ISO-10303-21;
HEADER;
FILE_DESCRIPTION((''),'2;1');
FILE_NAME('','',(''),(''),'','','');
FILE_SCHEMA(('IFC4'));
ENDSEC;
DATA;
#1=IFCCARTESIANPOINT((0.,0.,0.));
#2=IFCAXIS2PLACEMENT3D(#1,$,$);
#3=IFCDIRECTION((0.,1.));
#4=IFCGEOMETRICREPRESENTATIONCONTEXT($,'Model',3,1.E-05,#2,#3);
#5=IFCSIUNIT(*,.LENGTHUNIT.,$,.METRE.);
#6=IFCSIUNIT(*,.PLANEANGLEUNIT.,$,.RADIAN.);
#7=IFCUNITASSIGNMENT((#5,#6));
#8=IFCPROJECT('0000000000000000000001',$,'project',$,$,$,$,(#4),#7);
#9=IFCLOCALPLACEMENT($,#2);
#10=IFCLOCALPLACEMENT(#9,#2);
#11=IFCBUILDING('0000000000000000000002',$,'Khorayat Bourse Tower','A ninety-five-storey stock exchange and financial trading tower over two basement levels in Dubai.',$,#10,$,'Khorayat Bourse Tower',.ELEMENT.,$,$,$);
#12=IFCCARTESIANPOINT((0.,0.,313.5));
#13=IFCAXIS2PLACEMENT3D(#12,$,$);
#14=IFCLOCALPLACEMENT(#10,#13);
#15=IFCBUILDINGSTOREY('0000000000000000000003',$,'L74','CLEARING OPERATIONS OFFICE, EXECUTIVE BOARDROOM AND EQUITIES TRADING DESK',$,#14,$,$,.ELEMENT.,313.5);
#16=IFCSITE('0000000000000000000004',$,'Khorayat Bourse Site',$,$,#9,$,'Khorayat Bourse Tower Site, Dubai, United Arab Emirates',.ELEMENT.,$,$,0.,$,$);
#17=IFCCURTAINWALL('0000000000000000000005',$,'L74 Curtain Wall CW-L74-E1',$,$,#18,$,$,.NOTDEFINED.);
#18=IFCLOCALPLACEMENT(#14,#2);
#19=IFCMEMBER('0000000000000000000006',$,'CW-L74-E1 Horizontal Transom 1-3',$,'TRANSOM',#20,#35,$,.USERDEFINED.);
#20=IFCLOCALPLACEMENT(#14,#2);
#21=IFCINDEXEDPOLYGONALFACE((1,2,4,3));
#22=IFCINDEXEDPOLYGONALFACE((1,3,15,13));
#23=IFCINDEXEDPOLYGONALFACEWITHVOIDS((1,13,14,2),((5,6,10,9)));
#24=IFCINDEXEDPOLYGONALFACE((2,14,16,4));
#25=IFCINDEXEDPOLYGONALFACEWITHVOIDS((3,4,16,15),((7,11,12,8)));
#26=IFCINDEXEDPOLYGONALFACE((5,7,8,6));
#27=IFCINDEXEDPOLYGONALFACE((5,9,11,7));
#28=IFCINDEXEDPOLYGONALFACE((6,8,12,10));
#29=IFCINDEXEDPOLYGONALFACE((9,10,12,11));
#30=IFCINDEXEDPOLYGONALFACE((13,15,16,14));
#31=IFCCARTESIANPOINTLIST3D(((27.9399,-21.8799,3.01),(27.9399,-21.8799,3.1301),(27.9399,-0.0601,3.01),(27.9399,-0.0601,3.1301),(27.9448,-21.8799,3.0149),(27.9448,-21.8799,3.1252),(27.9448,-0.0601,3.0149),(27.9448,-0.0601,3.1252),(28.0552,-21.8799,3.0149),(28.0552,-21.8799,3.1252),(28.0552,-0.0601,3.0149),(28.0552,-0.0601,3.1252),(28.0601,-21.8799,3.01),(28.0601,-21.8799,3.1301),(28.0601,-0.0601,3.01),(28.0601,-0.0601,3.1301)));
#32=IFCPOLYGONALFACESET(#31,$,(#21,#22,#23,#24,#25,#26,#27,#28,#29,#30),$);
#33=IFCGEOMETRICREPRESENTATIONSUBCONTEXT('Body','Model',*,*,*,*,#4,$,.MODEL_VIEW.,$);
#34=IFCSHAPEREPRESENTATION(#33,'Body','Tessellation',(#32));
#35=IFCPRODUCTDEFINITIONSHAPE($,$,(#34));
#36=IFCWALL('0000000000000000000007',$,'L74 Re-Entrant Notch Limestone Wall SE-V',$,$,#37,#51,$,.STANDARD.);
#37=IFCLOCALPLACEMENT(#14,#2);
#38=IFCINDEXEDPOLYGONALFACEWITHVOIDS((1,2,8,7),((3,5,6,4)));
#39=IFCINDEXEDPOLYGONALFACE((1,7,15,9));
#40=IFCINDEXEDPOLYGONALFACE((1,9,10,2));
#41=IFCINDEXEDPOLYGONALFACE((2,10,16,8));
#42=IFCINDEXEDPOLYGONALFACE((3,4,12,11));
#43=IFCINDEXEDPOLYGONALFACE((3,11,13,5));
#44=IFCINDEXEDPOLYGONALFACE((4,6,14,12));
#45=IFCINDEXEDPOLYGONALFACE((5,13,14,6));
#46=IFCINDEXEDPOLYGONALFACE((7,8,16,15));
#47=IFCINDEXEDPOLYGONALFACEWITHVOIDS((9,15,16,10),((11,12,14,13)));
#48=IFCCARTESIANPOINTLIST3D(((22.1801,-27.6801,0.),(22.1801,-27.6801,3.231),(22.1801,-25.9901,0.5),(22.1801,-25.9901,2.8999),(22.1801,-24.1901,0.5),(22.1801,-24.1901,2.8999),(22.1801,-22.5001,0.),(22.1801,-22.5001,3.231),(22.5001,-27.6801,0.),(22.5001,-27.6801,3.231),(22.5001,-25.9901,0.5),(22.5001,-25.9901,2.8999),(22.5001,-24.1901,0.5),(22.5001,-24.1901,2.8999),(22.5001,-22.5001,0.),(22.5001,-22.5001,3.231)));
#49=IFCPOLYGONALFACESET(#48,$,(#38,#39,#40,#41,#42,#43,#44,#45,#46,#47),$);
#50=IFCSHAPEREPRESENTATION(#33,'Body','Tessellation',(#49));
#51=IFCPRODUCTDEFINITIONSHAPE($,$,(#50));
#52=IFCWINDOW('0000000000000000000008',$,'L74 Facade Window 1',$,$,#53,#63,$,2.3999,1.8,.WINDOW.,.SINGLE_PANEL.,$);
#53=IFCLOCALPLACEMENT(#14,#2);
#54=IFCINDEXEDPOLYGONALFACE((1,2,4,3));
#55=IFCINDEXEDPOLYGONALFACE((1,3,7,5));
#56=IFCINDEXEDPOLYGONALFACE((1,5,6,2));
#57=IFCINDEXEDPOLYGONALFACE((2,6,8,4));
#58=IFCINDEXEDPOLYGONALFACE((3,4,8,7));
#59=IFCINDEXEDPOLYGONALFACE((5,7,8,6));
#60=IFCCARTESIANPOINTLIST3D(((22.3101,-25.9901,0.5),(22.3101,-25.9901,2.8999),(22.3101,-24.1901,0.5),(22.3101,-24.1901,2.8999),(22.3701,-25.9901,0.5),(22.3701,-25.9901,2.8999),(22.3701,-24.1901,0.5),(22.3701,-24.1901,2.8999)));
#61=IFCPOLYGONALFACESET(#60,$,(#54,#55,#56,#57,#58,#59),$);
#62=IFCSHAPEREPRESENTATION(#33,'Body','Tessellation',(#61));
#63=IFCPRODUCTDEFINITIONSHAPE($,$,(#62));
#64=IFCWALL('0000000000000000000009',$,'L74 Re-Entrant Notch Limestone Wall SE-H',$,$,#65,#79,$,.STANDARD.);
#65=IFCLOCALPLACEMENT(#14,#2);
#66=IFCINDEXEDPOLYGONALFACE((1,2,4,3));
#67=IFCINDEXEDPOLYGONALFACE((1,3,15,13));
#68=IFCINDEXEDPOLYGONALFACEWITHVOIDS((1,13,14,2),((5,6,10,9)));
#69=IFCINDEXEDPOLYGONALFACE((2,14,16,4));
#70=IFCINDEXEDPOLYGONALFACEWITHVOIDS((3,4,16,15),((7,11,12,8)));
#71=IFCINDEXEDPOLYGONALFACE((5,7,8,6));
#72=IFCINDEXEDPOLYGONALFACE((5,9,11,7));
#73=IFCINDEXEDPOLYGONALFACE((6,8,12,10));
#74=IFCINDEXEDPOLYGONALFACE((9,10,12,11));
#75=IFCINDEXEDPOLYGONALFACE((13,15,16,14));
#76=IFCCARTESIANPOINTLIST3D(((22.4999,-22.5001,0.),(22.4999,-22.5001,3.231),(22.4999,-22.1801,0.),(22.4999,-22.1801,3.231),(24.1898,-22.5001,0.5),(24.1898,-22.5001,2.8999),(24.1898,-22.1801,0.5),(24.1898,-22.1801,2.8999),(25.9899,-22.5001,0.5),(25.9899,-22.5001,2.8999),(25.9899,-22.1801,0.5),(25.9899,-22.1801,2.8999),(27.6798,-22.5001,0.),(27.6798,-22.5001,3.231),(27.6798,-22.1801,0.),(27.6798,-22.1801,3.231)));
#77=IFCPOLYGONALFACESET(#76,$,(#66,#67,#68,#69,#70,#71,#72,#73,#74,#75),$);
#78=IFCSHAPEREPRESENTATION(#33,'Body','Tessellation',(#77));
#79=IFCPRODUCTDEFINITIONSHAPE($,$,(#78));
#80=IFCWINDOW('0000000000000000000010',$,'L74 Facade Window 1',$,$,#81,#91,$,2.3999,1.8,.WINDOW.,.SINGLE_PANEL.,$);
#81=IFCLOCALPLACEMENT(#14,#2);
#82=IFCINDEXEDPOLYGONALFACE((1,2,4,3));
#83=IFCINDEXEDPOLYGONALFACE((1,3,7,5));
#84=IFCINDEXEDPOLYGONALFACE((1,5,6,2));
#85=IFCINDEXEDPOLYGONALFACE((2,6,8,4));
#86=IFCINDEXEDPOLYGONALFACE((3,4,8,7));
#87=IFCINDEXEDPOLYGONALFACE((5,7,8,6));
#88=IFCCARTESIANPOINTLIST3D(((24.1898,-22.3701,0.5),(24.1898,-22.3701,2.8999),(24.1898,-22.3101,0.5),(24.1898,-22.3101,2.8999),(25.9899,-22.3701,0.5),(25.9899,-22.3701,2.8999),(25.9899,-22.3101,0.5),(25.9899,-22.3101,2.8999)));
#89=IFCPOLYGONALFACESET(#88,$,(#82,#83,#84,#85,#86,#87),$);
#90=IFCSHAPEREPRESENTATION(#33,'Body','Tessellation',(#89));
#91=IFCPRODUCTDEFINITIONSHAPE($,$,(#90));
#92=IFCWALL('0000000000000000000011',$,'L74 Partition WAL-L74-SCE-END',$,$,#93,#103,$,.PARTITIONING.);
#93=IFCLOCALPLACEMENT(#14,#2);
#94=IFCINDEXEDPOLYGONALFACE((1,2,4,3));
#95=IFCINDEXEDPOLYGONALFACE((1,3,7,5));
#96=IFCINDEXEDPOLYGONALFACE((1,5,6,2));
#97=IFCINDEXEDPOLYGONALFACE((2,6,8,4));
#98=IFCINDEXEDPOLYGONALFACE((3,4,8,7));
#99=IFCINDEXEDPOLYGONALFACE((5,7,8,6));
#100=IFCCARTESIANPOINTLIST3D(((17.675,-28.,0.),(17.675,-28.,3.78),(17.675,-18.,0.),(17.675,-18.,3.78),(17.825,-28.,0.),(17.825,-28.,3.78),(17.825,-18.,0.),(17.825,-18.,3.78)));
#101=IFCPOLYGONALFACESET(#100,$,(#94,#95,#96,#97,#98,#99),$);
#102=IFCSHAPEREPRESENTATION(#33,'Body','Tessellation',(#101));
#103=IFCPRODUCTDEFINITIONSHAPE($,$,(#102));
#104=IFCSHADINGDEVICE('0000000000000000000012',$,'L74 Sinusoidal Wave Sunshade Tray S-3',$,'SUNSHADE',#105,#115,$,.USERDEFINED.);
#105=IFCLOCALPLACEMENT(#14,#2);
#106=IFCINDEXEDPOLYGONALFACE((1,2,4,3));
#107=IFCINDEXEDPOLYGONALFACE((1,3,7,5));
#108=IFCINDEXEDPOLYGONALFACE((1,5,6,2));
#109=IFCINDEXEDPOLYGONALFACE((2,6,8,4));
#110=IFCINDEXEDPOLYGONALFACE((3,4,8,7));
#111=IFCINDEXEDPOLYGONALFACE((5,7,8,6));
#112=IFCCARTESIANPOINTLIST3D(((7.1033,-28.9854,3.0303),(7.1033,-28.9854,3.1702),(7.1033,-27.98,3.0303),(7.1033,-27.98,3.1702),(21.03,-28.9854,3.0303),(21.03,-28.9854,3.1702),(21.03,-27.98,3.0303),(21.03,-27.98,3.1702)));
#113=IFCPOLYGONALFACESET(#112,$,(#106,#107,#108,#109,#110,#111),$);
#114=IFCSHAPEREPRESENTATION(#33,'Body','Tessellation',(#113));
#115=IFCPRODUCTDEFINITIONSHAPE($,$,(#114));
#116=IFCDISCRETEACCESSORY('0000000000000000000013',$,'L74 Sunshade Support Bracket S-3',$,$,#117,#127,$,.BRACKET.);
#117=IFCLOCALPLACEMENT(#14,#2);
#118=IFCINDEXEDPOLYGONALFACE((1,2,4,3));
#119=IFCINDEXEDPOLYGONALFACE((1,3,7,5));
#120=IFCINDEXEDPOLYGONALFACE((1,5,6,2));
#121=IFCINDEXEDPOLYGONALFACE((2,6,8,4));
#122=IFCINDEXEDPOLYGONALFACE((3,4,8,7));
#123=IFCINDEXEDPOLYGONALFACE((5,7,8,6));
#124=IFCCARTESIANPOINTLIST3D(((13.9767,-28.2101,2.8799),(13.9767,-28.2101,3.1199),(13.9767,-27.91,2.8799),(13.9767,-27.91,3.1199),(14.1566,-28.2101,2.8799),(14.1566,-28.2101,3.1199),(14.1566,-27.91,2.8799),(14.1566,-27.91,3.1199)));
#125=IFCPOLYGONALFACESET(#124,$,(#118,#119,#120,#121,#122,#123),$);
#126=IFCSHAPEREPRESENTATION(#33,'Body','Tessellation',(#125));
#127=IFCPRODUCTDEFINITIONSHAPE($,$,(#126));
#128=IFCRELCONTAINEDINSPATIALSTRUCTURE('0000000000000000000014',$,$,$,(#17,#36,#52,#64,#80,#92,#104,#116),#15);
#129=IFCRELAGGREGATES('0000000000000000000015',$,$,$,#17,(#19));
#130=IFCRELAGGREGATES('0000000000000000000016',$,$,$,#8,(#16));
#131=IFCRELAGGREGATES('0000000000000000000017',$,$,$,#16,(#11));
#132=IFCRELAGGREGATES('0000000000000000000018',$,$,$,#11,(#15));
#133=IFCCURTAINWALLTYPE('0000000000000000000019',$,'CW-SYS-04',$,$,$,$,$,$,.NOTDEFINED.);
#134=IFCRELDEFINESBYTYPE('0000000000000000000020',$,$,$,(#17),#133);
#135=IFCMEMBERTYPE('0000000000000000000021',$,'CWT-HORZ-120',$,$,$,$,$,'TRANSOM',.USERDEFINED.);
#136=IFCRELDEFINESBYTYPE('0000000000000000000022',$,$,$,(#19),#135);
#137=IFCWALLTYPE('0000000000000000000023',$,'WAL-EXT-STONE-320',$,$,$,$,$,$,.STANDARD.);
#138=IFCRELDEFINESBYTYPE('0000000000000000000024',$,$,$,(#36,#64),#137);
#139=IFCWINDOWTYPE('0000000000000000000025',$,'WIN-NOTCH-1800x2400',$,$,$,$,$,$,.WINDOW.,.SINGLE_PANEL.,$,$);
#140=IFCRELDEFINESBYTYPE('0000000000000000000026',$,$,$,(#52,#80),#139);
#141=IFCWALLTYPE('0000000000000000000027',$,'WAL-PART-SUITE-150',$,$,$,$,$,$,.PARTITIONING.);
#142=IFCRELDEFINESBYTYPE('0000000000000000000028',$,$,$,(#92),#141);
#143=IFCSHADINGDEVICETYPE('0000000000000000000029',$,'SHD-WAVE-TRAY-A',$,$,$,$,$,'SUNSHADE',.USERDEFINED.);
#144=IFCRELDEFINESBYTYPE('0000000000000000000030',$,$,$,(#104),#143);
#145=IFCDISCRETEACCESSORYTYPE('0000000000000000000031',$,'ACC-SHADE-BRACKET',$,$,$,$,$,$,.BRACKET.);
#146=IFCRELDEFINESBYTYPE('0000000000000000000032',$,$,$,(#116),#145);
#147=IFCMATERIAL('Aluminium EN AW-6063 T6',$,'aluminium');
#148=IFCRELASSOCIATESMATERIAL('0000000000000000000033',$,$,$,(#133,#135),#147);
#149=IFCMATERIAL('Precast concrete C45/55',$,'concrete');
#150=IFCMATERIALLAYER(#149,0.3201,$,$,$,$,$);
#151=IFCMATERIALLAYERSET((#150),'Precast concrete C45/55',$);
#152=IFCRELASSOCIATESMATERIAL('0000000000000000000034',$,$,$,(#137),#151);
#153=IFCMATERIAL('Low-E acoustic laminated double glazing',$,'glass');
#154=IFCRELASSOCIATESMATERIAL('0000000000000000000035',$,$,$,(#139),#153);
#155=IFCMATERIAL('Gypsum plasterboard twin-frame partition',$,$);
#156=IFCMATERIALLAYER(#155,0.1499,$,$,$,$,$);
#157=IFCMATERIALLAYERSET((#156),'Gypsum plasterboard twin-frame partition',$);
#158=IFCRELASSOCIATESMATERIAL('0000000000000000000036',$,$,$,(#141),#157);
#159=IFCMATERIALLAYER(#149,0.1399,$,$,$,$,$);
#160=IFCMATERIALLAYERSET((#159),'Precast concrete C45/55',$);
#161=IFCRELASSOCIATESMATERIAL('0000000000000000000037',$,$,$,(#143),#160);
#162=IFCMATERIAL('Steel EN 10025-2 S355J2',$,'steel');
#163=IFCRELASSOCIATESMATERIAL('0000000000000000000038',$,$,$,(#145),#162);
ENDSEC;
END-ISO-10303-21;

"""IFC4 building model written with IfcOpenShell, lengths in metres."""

from ifc_helpers import new_model, si_unit, direction, frame, frame_2d, origin, origin_2d, place, context, subcontext, project, spatial, rectangle, hollow_rectangle, extrude, source, transform, mapped, material, layer, layer_set, material_profile, profile_set, type_object, element, fill, aggregate, save


model = new_model("IFC4")

# Units and contexts
model_context = context("Model", 3, precision=1e-05, world=origin(), true_north=direction((0.0, 1.0)))
body_context = subcontext(model_context, "Body", "Model", "MODEL_VIEW")
ifc_project = project(units=[si_unit("LENGTHUNIT", "METRE"), si_unit("PLANEANGLEUNIT", "RADIAN")], contexts=[model_context])

# Site, building, storey
site_placement = place(None, origin())
site = spatial("IfcSite", under=ifc_project, at=site_placement, Name="Khorayat Bourse Site", LongName="Khorayat Bourse Tower Site, Dubai, United Arab Emirates", CompositionType="ELEMENT", RefElevation=0.0)
building_placement = place(site_placement, origin())
building = spatial("IfcBuilding", under=site, at=building_placement, Name="Khorayat Bourse Tower", Description="A ninety-five-storey stock exchange and financial trading tower over two basement levels in Dubai.", LongName="Khorayat Bourse Tower", CompositionType="ELEMENT")
storey_placement = place(building_placement, frame((0.0, 0.0, 313.5)))
storey = spatial("IfcBuildingStorey", under=building, at=storey_placement, Name="L74", Description="CLEARING OPERATIONS OFFICE, EXECUTIVE BOARDROOM AND EQUITIES TRADING DESK", CompositionType="ELEMENT", Elevation=313.5)

# Curtain wall
ifc_material_1 = material(Name="Aluminium EN AW-6063 T6", Category="aluminium")
curtain_wall_type = type_object("IfcCurtainWallType", Name="CW-SYS-04", PredefinedType="NOTDEFINED", material=ifc_material_1)
curtain_wall_1_placement = place(storey_placement, origin())
curtain_wall_1 = element("IfcCurtainWall", 1, at=curtain_wall_1_placement, inside=storey, type_object=curtain_wall_type, Name="L74 Curtain Wall CW-L74-E1", PredefinedType="NOTDEFINED")

# Member
ifc_material_profile_1 = material_profile(ifc_material_1, hollow_rectangle(XDim=0.1201, YDim=0.1201, WallThickness=0.0049, at=origin_2d()), Name="ALU 120x120x5")
ifc_profile_set_1 = profile_set([ifc_material_profile_1], Name="Aluminium EN AW-6063 T6")
member_type_1 = type_object("IfcMemberType", Name="CWT-HORZ-120", ElementType="TRANSOM", PredefinedType="USERDEFINED", material=ifc_profile_set_1)
shared_shape_1 = source(origin(), body_context, "Body", "SweptSolid", [
    extrude(hollow_rectangle(XDim=0.1201, YDim=0.1201, WallThickness=0.0049, at=origin_2d()), origin(), (0.0, 0.0, 1.0), 21.8198),
])
member_1_placement = place(storey_placement, frame((28.0, -21.8799, 3.0701), z_axis=(0.0, 1.0, 0.0), x_axis=(-1.0, 0.0, 0.0)))
member_1 = element("IfcMember", 2, at=member_1_placement, type_object=member_type_1, Name="CW-L74-E1 Horizontal Transom 1-3", ObjectType="TRANSOM", PredefinedType="USERDEFINED", context=body_context, shape_type="MappedRepresentation", body=[
    mapped(shared_shape_1, transform((0.0, 0.0, 0.0), scale=1.0)),
])
aggregate(curtain_wall_1, [member_1])

# Walls, openings, windows
ifc_material_2 = material(Name="Precast concrete C45/55", Category="concrete")
ifc_layer_1 = layer(ifc_material_2, 0.3201)
ifc_layer_set_1 = layer_set([ifc_layer_1], Name="Precast concrete C45/55")
wall_type_1 = type_object("IfcWallType", Name="WAL-EXT-STONE-320", PredefinedType="STANDARD", material=ifc_layer_set_1)
shared_shape_2 = source(origin(), body_context, "Body", "SweptSolid", [
    extrude(rectangle(XDim=5.1799, YDim=0.3201, at=frame_2d((2.5898, 0.0))), origin(), (0.0, 0.0, 1.0), 3.231),
])
wall_1_placement = place(storey_placement, frame((22.3401, -27.6799, 0.0), z_axis=(0.0, 0.0, 1.0), x_axis=(0.0, 1.0, 0.0)))
wall_1 = element("IfcWall", 3, at=wall_1_placement, inside=storey, type_object=wall_type_1, Name="L74 Re-Entrant Notch Limestone Wall SE-V", PredefinedType="STANDARD", context=body_context, shape_type="MappedRepresentation", body=[
    mapped(shared_shape_2, transform((0.0, 0.0, 0.0), scale=1.0)),
])
shared_shape_3 = source(origin(), body_context, "Body", "SweptSolid", [
    extrude(rectangle(XDim=1.8, YDim=2.3999, at=frame_2d((0.8999, 1.2))), frame((0.0, 0.1699, 0.0), z_axis=(0.0, -1.0, 0.0), x_axis=(1.0, 0.0, 0.0)), (0.0, 0.0, 1.0), 0.3401),
])
opening_1_placement = place(wall_1_placement, frame((1.6899, 0.0, 0.5)))
opening_1 = element("IfcOpeningElement", 4, at=opening_1_placement, cuts=wall_1, PredefinedType="OPENING", context=body_context, shape_type="MappedRepresentation", body=[
    mapped(shared_shape_3, transform((0.0, 0.0, 0.0), scale=1.0)),
])
ifc_material_3 = material(Name="Low-E acoustic laminated double glazing", Category="glass")
window_type = type_object("IfcWindowType", Name="WIN-NOTCH-1800x2400", PartitioningType="SINGLE_PANEL", PredefinedType="WINDOW", material=ifc_material_3)
shared_shape_4 = source(origin(), body_context, "Body", "SweptSolid", [
    extrude(rectangle(XDim=1.8, YDim=2.3999, at=frame_2d((0.8999, 1.2))), frame((0.0, 0.03, 0.0), z_axis=(0.0, -1.0, 0.0), x_axis=(1.0, 0.0, 0.0)), (0.0, 0.0, 1.0), 0.0601),
])
window_1_placement = place(opening_1_placement, origin())
window_1 = element("IfcWindow", 5, at=window_1_placement, inside=storey, type_object=window_type, Name="L74 Facade Window 1", OverallHeight=2.3999, OverallWidth=1.8, PartitioningType="SINGLE_PANEL", PredefinedType="WINDOW", context=body_context, shape_type="MappedRepresentation", body=[
    mapped(shared_shape_4, transform((0.0, 0.0, 0.0), scale=1.0)),
])
fill(opening_1, window_1)
wall_2_placement = place(storey_placement, frame((22.5, -22.3401, 0.0), z_axis=(0.0, 0.0, 1.0), x_axis=(1.0, 0.0, 0.0)))
wall_2 = element("IfcWall", 6, at=wall_2_placement, inside=storey, type_object=wall_type_1, Name="L74 Re-Entrant Notch Limestone Wall SE-H", PredefinedType="STANDARD", context=body_context, shape_type="MappedRepresentation", body=[
    mapped(shared_shape_2, transform((0.0, 0.0, 0.0), scale=1.0)),
])
opening_2_placement = place(wall_2_placement, frame((1.6899, 0.0, 0.5)))
opening_2 = element("IfcOpeningElement", 7, at=opening_2_placement, cuts=wall_2, PredefinedType="OPENING", context=body_context, shape_type="MappedRepresentation", body=[
    mapped(shared_shape_3, transform((0.0, 0.0, 0.0), scale=1.0)),
])
window_2_placement = place(opening_2_placement, origin())
window_2 = element("IfcWindow", 8, at=window_2_placement, inside=storey, type_object=window_type, Name="L74 Facade Window 1", OverallHeight=2.3999, OverallWidth=1.8, PartitioningType="SINGLE_PANEL", PredefinedType="WINDOW", context=body_context, shape_type="MappedRepresentation", body=[
    mapped(shared_shape_4, transform((0.0, 0.0, 0.0), scale=1.0)),
])
fill(opening_2, window_2)

# Wall
ifc_material_4 = material(Name="Gypsum plasterboard twin-frame partition")
ifc_layer_2 = layer(ifc_material_4, 0.1499)
ifc_layer_set_2 = layer_set([ifc_layer_2], Name="Gypsum plasterboard twin-frame partition")
wall_type_2 = type_object("IfcWallType", Name="WAL-PART-SUITE-150", PredefinedType="PARTITIONING", material=ifc_layer_set_2)
shared_shape_5 = source(origin(), body_context, "Body", "SweptSolid", [
    extrude(rectangle(XDim=10.0, YDim=0.1499, at=frame_2d((5.0, 0.0))), origin(), (0.0, 0.0, 1.0), 3.78),
])
wall_3_placement = place(storey_placement, frame((17.75, -28.0, 0.0), z_axis=(0.0, 0.0, 1.0), x_axis=(0.0, 1.0, 0.0)))
element("IfcWall", 9, at=wall_3_placement, inside=storey, type_object=wall_type_2, Name="L74 Partition WAL-L74-SCE-END", PredefinedType="PARTITIONING", context=body_context, shape_type="MappedRepresentation", body=[
    mapped(shared_shape_5, transform((0.0, 0.0, 0.0), scale=1.0)),
])

# Shading device
ifc_layer_3 = layer(ifc_material_2, 0.1399)
ifc_layer_set_3 = layer_set([ifc_layer_3], Name="Precast concrete C45/55")
shading_device_type = type_object("IfcShadingDeviceType", Name="SHD-WAVE-TRAY-A", ElementType="SUNSHADE", PredefinedType="USERDEFINED", material=ifc_layer_set_3)
shared_shape_6 = source(origin(), body_context, "Body", "SweptSolid", [
    extrude(rectangle(XDim=13.9268, YDim=1.0054, at=origin_2d()), origin(), (0.0, 0.0, 1.0), 0.1399),
])
shading_device_placement = place(storey_placement, frame((14.0667, -28.4827, 3.0303), z_axis=(0.0, 0.0, 1.0), x_axis=(1.0, 0.0, 0.0)))
element("IfcShadingDevice", 10, at=shading_device_placement, inside=storey, type_object=shading_device_type, Name="L74 Sinusoidal Wave Sunshade Tray S-3", ObjectType="SUNSHADE", PredefinedType="USERDEFINED", context=body_context, shape_type="MappedRepresentation", body=[
    mapped(shared_shape_6, transform((0.0, 0.0, 0.0), scale=1.0)),
])

# Discrete accessory
ifc_material_5 = material(Name="Steel EN 10025-2 S355J2", Category="steel")
discrete_accessory_type = type_object("IfcDiscreteAccessoryType", Name="ACC-SHADE-BRACKET", PredefinedType="BRACKET", material=ifc_material_5)
shared_shape_7 = source(origin(), body_context, "Body", "SweptSolid", [
    extrude(rectangle(XDim=0.1799, YDim=0.3, at=origin_2d()), origin(), (0.0, 0.0, 1.0), 0.24),
])
discrete_accessory_placement = place(storey_placement, frame((14.0667, -28.0601, 2.8799), z_axis=(0.0, 0.0, 1.0), x_axis=(1.0, 0.0, 0.0)))
element("IfcDiscreteAccessory", 11, at=discrete_accessory_placement, inside=storey, type_object=discrete_accessory_type, Name="L74 Sunshade Support Bracket S-3", PredefinedType="BRACKET", context=body_context, shape_type="MappedRepresentation", body=[
    mapped(shared_shape_7, transform((0.0, 0.0, 0.0), scale=1.0)),
])

save(model, "model.ifc")
